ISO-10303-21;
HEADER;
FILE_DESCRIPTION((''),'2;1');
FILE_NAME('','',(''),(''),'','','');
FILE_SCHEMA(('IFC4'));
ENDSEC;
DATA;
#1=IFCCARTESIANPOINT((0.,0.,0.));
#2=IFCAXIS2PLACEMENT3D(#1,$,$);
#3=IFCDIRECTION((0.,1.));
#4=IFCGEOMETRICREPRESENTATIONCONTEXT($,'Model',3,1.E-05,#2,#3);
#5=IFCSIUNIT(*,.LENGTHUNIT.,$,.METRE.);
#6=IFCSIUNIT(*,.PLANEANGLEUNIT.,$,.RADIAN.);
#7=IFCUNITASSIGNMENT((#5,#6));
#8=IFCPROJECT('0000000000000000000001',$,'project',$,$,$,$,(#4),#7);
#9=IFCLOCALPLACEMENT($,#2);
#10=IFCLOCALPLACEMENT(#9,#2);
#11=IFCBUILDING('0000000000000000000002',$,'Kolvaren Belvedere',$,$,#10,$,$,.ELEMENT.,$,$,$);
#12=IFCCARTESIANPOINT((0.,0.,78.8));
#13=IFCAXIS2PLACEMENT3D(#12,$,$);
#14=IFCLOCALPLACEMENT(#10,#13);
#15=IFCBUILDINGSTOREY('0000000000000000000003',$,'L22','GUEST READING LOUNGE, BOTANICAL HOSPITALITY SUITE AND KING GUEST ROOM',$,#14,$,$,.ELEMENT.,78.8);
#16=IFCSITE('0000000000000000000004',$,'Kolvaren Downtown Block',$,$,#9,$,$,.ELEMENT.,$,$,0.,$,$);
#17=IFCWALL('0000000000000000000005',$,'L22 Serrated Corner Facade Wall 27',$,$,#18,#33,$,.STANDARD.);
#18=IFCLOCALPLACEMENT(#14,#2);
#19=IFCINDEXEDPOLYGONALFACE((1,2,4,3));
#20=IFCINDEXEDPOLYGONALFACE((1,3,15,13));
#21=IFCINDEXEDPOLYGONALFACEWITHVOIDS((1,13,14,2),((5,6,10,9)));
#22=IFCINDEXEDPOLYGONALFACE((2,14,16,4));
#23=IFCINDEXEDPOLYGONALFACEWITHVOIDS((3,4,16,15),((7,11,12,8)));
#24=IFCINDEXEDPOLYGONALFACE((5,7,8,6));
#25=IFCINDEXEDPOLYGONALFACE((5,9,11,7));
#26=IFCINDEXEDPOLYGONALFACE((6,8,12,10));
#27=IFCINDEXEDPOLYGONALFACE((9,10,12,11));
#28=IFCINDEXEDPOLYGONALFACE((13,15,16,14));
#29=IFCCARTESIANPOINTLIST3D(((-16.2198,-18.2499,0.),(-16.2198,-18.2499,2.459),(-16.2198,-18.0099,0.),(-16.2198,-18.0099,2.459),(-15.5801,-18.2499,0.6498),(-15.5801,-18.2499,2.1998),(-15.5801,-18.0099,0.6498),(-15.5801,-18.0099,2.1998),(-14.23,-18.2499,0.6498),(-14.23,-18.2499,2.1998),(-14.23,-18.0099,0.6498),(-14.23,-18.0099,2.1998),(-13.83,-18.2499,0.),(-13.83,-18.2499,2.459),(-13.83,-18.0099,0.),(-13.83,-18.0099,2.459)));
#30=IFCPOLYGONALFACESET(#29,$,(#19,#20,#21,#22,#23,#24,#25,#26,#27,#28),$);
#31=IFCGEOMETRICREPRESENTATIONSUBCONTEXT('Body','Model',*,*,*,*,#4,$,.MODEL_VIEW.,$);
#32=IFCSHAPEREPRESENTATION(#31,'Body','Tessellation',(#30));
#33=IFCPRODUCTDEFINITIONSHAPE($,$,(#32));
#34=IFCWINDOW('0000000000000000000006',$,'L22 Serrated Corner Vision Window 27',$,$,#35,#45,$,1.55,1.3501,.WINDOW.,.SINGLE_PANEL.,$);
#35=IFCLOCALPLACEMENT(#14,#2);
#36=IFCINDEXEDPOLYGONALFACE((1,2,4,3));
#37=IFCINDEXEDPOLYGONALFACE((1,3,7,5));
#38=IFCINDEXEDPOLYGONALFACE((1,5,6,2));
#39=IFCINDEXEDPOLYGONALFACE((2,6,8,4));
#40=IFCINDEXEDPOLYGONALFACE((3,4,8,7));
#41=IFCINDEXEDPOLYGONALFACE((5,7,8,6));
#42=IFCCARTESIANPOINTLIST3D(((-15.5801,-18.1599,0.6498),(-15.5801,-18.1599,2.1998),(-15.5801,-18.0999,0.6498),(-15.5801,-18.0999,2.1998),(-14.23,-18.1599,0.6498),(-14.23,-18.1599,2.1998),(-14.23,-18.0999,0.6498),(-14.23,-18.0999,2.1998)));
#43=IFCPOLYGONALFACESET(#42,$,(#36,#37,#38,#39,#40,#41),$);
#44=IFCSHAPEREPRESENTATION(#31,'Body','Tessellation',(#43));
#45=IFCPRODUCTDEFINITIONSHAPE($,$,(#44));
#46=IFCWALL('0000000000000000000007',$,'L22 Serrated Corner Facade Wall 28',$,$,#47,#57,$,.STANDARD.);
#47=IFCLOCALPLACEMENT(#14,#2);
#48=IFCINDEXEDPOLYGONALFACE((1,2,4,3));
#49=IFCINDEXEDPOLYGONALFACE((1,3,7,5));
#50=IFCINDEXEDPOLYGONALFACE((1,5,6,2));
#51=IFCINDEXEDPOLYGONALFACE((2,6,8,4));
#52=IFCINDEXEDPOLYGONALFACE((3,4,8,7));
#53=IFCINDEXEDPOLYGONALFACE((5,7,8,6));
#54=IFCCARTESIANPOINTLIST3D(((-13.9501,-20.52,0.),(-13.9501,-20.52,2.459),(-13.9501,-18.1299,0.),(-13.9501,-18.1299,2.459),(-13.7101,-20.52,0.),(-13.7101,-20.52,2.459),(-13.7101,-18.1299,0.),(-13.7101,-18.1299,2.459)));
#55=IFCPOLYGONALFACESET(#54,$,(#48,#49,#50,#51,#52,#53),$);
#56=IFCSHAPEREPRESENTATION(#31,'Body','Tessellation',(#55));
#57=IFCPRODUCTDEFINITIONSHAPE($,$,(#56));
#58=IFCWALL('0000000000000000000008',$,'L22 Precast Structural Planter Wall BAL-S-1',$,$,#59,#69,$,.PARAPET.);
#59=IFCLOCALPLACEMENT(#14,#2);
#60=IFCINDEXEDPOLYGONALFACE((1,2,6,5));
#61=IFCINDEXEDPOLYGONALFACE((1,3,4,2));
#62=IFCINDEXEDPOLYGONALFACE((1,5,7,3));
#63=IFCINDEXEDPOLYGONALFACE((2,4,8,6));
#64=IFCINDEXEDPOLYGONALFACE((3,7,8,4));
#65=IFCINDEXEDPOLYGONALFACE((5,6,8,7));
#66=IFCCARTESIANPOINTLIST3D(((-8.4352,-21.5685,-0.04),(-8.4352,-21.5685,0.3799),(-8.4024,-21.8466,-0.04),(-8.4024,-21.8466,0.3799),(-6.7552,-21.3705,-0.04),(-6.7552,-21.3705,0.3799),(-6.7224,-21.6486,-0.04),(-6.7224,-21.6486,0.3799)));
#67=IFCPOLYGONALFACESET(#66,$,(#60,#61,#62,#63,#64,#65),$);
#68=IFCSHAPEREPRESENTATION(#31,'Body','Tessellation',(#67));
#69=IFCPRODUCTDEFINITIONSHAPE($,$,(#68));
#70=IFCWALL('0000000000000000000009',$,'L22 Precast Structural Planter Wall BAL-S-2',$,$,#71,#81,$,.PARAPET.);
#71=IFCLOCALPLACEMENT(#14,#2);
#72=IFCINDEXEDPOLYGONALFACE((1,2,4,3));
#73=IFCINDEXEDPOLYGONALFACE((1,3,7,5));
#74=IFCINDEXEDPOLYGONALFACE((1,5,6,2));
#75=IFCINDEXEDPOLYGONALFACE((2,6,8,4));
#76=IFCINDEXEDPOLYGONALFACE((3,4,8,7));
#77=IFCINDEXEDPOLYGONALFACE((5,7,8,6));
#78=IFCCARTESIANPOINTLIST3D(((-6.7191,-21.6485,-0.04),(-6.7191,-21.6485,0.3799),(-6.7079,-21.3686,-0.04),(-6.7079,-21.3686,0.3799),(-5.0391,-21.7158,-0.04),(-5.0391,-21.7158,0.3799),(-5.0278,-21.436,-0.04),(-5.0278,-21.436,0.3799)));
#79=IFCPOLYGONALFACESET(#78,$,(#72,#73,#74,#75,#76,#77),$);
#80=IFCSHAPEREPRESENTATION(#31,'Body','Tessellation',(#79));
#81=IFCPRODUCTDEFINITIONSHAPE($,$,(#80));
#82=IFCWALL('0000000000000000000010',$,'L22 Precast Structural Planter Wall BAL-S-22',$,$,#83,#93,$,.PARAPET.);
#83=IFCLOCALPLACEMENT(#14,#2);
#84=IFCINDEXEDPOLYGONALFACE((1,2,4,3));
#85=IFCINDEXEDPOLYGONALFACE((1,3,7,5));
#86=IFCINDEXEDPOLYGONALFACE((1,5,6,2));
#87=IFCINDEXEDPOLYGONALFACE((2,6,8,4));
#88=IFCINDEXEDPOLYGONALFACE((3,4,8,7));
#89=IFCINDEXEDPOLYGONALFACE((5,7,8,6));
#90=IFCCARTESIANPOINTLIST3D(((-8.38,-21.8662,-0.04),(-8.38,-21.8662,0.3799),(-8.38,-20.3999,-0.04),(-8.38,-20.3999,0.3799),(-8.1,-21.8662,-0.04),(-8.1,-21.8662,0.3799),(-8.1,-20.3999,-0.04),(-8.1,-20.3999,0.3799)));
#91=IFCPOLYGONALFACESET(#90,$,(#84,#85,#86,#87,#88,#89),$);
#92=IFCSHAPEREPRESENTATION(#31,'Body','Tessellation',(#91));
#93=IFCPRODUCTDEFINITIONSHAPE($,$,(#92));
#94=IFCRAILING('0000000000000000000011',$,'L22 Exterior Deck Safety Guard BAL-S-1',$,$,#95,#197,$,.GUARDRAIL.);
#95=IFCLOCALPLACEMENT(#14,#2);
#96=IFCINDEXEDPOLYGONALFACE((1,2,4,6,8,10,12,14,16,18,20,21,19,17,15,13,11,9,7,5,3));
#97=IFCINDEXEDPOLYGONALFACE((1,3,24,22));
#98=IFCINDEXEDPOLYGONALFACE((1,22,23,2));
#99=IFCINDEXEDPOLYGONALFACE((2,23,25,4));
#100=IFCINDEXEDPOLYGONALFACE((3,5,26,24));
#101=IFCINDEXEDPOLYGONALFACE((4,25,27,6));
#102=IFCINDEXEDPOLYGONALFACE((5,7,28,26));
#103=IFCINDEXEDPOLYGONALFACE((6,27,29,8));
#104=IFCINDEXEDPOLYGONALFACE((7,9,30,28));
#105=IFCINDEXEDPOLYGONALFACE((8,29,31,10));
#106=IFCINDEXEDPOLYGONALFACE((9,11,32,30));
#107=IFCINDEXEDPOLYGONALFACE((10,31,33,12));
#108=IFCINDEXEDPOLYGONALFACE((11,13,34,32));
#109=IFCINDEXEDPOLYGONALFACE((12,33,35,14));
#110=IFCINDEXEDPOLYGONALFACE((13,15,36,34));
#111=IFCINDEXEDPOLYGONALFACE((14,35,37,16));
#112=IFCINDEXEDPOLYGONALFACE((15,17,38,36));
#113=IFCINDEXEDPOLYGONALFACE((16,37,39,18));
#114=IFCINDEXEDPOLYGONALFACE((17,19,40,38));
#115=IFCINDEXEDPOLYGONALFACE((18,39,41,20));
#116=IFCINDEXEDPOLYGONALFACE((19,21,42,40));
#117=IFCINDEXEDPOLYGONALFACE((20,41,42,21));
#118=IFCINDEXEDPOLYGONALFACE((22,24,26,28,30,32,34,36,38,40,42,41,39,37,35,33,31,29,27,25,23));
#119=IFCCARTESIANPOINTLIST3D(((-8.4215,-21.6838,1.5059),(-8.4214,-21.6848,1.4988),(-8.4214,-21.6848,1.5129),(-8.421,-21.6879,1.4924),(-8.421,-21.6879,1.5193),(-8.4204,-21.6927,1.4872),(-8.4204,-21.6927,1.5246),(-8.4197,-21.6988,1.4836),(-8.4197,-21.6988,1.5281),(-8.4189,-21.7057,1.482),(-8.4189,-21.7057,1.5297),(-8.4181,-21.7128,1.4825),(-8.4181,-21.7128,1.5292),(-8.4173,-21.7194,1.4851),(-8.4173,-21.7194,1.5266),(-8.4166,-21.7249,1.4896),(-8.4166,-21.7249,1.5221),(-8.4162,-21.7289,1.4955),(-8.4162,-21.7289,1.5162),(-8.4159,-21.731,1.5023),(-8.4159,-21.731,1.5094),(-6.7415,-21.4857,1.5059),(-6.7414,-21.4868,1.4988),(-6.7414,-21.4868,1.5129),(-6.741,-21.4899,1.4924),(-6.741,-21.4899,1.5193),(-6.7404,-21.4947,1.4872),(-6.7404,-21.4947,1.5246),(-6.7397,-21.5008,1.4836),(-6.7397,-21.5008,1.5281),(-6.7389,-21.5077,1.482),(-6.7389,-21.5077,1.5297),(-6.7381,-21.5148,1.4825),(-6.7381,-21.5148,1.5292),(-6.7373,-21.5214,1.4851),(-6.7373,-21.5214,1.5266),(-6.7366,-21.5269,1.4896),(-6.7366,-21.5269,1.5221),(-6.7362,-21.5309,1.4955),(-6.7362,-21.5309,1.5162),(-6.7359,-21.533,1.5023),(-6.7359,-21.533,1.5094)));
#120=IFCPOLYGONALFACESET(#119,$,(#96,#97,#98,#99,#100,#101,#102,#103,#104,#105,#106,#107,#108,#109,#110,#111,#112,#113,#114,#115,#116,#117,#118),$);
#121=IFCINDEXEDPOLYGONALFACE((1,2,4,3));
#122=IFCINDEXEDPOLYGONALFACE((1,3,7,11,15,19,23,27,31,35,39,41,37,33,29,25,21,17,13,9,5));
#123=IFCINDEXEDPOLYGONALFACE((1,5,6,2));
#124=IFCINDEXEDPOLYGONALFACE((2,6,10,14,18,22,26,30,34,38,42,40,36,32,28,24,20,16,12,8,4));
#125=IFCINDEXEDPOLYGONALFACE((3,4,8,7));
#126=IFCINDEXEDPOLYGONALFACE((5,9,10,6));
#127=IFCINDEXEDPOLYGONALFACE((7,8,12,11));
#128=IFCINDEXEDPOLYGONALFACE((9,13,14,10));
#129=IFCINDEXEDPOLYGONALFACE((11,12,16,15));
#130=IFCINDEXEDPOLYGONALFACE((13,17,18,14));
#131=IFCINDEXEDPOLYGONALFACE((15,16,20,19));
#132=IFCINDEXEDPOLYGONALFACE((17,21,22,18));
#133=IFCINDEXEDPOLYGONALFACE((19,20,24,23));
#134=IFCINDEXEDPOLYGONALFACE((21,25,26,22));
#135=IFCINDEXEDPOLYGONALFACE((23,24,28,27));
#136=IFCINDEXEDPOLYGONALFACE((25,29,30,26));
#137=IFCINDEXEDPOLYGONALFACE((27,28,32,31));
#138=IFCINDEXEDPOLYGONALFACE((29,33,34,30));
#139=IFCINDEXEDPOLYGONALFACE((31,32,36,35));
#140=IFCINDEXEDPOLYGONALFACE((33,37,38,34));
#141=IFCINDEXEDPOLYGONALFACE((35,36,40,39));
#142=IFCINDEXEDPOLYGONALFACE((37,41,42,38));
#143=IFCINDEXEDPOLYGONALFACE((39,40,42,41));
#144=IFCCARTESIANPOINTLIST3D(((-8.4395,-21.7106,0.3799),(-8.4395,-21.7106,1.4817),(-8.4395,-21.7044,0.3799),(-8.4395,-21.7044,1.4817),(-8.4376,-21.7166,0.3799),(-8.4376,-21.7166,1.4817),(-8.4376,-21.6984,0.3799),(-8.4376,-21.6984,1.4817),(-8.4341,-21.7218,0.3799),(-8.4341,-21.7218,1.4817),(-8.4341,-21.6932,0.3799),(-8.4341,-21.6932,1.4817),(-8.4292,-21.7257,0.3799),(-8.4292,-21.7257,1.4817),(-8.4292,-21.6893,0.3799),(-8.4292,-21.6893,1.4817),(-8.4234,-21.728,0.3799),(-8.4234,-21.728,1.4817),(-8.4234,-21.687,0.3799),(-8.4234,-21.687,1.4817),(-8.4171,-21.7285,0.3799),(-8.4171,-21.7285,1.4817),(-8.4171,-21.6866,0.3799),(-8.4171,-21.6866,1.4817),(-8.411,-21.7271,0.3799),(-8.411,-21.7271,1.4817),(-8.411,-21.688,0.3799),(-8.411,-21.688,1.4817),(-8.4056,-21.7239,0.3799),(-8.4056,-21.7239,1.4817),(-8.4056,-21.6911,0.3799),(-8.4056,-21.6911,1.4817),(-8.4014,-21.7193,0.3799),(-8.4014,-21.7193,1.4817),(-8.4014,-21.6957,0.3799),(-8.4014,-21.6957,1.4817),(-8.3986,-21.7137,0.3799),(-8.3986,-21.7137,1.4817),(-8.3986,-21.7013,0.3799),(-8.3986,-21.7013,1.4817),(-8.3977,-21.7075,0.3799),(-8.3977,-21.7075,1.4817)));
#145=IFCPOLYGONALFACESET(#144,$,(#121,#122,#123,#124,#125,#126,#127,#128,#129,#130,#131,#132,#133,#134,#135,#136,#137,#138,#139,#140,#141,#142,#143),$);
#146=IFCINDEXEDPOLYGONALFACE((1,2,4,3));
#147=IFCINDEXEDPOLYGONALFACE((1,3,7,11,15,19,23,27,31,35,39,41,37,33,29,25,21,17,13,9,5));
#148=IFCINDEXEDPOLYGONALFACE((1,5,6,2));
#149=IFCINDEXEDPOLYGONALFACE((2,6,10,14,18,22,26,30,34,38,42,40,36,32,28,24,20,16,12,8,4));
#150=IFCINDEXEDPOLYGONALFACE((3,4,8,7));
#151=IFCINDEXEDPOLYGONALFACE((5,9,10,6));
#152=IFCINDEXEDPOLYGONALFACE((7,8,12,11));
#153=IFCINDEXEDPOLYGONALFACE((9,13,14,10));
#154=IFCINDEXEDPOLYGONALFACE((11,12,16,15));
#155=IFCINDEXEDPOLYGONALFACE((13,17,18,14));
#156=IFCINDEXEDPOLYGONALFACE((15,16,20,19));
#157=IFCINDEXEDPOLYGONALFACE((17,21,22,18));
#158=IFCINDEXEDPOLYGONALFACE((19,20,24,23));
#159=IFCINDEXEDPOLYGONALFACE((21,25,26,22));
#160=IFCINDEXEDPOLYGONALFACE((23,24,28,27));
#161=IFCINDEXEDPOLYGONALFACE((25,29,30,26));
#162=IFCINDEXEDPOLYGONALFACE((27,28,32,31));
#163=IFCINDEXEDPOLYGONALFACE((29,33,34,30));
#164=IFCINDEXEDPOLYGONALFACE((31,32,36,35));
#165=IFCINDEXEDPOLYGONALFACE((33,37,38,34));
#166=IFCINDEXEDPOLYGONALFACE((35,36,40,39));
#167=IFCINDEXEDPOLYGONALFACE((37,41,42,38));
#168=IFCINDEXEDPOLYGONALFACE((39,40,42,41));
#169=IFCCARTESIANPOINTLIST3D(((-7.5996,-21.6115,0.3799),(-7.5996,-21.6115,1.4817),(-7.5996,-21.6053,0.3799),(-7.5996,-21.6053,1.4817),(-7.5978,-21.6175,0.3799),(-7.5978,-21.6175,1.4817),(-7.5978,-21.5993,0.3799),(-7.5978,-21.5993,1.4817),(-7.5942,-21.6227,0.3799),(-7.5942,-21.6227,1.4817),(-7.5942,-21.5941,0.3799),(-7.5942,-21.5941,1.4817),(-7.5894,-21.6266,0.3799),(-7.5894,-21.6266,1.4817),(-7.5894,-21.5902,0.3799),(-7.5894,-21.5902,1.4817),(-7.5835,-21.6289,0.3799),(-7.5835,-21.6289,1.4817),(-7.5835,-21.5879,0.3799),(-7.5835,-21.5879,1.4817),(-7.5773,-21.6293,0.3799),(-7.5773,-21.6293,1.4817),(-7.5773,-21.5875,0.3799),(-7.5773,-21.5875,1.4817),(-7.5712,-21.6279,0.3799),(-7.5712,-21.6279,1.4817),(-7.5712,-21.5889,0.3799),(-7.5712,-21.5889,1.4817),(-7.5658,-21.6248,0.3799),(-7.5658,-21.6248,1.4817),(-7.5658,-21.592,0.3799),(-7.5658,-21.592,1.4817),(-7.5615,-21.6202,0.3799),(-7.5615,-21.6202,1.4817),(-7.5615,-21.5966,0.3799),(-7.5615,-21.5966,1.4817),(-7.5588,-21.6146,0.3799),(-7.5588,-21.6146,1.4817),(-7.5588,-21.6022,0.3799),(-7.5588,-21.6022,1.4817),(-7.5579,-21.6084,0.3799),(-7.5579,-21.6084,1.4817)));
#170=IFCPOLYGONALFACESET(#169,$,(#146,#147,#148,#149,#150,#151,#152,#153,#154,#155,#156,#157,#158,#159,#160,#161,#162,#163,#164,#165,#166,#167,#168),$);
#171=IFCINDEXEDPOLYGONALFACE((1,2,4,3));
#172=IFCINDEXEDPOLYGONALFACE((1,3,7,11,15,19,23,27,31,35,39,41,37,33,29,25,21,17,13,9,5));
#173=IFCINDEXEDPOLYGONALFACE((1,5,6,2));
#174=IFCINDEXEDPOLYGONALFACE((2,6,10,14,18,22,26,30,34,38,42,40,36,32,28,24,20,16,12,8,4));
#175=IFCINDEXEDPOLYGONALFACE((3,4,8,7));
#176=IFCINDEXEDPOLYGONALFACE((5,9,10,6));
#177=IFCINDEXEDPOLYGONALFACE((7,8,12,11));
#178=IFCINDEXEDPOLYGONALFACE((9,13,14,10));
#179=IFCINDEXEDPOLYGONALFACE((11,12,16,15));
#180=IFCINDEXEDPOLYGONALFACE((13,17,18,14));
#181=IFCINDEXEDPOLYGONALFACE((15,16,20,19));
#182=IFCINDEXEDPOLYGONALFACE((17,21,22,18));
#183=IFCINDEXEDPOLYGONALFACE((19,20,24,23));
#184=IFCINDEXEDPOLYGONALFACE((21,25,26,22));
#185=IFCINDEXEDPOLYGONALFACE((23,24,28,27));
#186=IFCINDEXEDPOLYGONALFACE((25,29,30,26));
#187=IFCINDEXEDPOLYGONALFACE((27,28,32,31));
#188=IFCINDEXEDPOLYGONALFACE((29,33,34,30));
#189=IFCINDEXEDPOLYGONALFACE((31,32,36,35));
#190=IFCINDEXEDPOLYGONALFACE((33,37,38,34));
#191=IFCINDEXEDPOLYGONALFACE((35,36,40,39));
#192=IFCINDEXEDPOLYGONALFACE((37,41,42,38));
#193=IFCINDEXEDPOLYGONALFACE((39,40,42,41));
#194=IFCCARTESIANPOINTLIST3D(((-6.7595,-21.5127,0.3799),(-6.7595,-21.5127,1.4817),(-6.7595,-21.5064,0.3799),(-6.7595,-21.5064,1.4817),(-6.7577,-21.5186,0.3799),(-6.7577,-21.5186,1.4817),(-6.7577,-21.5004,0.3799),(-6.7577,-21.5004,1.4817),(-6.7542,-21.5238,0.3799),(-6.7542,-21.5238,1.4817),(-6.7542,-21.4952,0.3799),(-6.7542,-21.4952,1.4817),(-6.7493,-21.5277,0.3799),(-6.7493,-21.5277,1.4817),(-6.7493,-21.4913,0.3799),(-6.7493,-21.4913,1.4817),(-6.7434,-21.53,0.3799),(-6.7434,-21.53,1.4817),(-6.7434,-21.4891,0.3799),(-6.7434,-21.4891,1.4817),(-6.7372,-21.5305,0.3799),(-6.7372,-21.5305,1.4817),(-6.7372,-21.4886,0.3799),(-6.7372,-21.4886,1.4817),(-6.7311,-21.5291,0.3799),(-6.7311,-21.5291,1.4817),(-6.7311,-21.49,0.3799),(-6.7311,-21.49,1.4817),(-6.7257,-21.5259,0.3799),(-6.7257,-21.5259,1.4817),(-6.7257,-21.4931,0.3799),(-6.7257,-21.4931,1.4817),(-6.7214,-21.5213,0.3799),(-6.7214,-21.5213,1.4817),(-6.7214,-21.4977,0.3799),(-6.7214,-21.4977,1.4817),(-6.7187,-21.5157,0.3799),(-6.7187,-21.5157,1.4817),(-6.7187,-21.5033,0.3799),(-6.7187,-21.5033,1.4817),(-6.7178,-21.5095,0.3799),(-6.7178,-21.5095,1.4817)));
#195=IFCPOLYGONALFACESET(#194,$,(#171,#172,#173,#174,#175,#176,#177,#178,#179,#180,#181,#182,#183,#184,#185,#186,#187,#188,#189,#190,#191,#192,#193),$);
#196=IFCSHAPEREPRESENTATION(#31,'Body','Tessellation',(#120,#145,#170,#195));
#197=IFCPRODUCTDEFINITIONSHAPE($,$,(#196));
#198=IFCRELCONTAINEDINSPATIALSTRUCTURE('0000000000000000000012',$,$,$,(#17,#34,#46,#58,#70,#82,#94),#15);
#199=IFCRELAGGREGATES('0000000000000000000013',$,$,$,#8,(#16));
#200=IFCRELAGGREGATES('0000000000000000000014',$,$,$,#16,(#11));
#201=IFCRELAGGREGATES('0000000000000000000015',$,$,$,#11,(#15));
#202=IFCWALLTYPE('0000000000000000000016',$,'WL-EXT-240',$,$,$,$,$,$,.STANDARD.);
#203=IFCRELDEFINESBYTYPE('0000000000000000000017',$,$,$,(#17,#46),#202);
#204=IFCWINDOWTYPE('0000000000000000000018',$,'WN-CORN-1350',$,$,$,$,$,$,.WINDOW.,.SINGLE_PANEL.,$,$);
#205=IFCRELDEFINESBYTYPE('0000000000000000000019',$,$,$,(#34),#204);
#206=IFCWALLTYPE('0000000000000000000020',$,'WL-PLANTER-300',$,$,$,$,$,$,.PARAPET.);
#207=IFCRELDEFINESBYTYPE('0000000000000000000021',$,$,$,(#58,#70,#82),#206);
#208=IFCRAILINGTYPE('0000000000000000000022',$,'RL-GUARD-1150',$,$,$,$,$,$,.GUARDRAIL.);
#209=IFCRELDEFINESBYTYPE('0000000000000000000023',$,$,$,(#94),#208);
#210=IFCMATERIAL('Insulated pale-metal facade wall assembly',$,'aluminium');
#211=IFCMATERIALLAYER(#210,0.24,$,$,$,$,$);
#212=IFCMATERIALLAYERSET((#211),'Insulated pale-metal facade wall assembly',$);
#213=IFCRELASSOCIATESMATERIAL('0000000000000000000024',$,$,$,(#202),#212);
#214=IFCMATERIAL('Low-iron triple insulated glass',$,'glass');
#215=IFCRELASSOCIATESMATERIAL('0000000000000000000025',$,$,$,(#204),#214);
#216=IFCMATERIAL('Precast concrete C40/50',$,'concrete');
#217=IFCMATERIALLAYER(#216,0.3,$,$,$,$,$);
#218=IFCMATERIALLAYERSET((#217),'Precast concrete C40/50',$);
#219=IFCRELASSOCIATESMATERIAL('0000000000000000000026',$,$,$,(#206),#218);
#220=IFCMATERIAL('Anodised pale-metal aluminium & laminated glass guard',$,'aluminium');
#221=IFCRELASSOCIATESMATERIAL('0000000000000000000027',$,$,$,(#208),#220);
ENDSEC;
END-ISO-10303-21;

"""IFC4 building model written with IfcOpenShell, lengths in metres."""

from ifc_helpers import new_model, si_unit, direction, frame, frame_2d, origin, origin_2d, place, context, subcontext, project, spatial, rectangle, circle, extrude, material, layer, layer_set, type_object, element, fill, save


model = new_model("IFC4")

# Units and contexts
model_context = context("Model", 3, precision=1e-05, world=origin(), true_north=direction((0.0, 1.0)))
body_context = subcontext(model_context, "Body", "Model", "MODEL_VIEW")
ifc_project = project(units=[si_unit("LENGTHUNIT", "METRE"), si_unit("PLANEANGLEUNIT", "RADIAN")], contexts=[model_context])

# Site, building, storey
site_placement = place(None, origin())
site = spatial("IfcSite", under=ifc_project, at=site_placement, Name="Kolvaren Downtown Block", CompositionType="ELEMENT", RefElevation=0.0)
building_placement = place(site_placement, origin())
building = spatial("IfcBuilding", under=site, at=building_placement, Name="Kolvaren Belvedere", CompositionType="ELEMENT")
storey_placement = place(building_placement, frame((0.0, 0.0, 78.8)))
storey = spatial("IfcBuildingStorey", under=building, at=storey_placement, Name="L22", Description="GUEST READING LOUNGE, BOTANICAL HOSPITALITY SUITE AND KING GUEST ROOM", CompositionType="ELEMENT", Elevation=78.8)

# Shared definitions
ifc_material_1 = material(Name="Insulated pale-metal facade wall assembly", Category="aluminium")
ifc_layer_1 = layer(ifc_material_1, 0.24)
ifc_layer_set_1 = layer_set([ifc_layer_1], Name="Insulated pale-metal facade wall assembly")
wall_type_1 = type_object("IfcWallType", Name="WL-EXT-240", PredefinedType="STANDARD", material=ifc_layer_set_1)

# Wall, opening, window
ifc_material_2 = material(Name="Low-iron triple insulated glass", Category="glass")
window_type_1 = type_object("IfcWindowType", Name="WN-CORN-1350", PartitioningType="SINGLE_PANEL", PredefinedType="WINDOW", material=ifc_material_2)
wall_1_placement = place(storey_placement, frame((-13.8301, -18.1299, 0.0), z_axis=(0.0, 0.0, 1.0), x_axis=(-1.0, 0.0, 0.0)))
wall_1 = element("IfcWall", 1, at=wall_1_placement, inside=storey, type_object=wall_type_1, Name="L22 Serrated Corner Facade Wall 27", PredefinedType="STANDARD", context=body_context, shape_type="SweptSolid", body=[
    extrude(rectangle(XDim=2.3899, YDim=0.24, at=frame_2d((1.1948, 0.0))), origin(), (0.0, 0.0, 1.0), 2.459),
])
opening_1_placement = place(wall_1_placement, frame((0.3999, 0.0, 0.6499)))
opening_1 = element("IfcOpeningElement", 2, at=opening_1_placement, cuts=wall_1, PredefinedType="OPENING", context=body_context, shape_type="SweptSolid", body=[
    extrude(rectangle(XDim=1.3501, YDim=1.55, at=frame_2d((0.675, 0.7749))), frame((0.0, 0.1299, 0.0), z_axis=(0.0, -1.0, 0.0), x_axis=(1.0, 0.0, 0.0)), (0.0, 0.0, 1.0), 0.26),
])
window_1_placement = place(opening_1_placement, origin())
window_1 = element("IfcWindow", 3, at=window_1_placement, inside=storey, type_object=window_type_1, Name="L22 Serrated Corner Vision Window 27", OverallHeight=1.55, OverallWidth=1.3501, PartitioningType="SINGLE_PANEL", PredefinedType="WINDOW", context=body_context, shape_type="SweptSolid", body=[
    extrude(rectangle(XDim=1.3501, YDim=1.55, at=frame_2d((0.675, 0.7749))), frame((0.0, 0.03, 0.0), z_axis=(0.0, -1.0, 0.0), x_axis=(1.0, 0.0, 0.0)), (0.0, 0.0, 1.0), 0.0601),
])
fill(opening_1, window_1)

# Walls
wall_2_placement = place(storey_placement, frame((-13.8301, -20.52, 0.0), z_axis=(0.0, 0.0, 1.0), x_axis=(0.0, 1.0, 0.0)))
element("IfcWall", 4, at=wall_2_placement, inside=storey, type_object=wall_type_1, Name="L22 Serrated Corner Facade Wall 28", PredefinedType="STANDARD", context=body_context, shape_type="SweptSolid", body=[
    extrude(rectangle(XDim=2.3901, YDim=0.24, at=frame_2d((1.1951, 0.0))), origin(), (0.0, 0.0, 1.0), 2.459),
])
ifc_material_3 = material(Name="Precast concrete C40/50", Category="concrete")
ifc_layer_2 = layer(ifc_material_3, 0.3)
ifc_layer_set_2 = layer_set([ifc_layer_2], Name="Precast concrete C40/50")
wall_type_2 = type_object("IfcWallType", Name="WL-PLANTER-300", PredefinedType="PARAPET", material=ifc_layer_set_2)
wall_3_placement = place(storey_placement, frame((-8.4187, -21.7075, -0.04), z_axis=(0.0, 0.0, 1.0), x_axis=(0.993126, 0.117051, 0.0)))
element("IfcWall", 5, at=wall_3_placement, inside=storey, type_object=wall_type_2, Name="L22 Precast Structural Planter Wall BAL-S-1", PredefinedType="PARAPET", context=body_context, shape_type="SweptSolid", body=[
    extrude(rectangle(XDim=1.6917, YDim=0.28, at=frame_2d((0.8457, 0.0))), origin(), (0.0, 0.0, 1.0), 0.4199),
])
wall_4_placement = place(storey_placement, frame((-6.7136, -21.5085, -0.04), z_axis=(0.0, 0.0, 1.0), x_axis=(0.999197, -0.040078, 0.0)))
element("IfcWall", 6, at=wall_4_placement, inside=storey, type_object=wall_type_2, Name="L22 Precast Structural Planter Wall BAL-S-2", PredefinedType="PARAPET", context=body_context, shape_type="SweptSolid", body=[
    extrude(rectangle(XDim=1.6814, YDim=0.28, at=frame_2d((0.8408, 0.0))), origin(), (0.0, 0.0, 1.0), 0.4199),
])
wall_5_placement = place(storey_placement, frame((-8.24, -20.3999, -0.04), z_axis=(0.0, 0.0, 1.0), x_axis=(0.0, -1.0, 0.0)))
element("IfcWall", 7, at=wall_5_placement, inside=storey, type_object=wall_type_2, Name="L22 Precast Structural Planter Wall BAL-S-22", PredefinedType="PARAPET", context=body_context, shape_type="SweptSolid", body=[
    extrude(rectangle(XDim=1.4663, YDim=0.28, at=frame_2d((0.7332, 0.0))), origin(), (0.0, 0.0, 1.0), 0.4199),
])

# Railing
ifc_material_4 = material(Name="Anodised pale-metal aluminium & laminated glass guard", Category="aluminium")
railing_type = type_object("IfcRailingType", Name="RL-GUARD-1150", PredefinedType="GUARDRAIL", material=ifc_material_4)
railing_1_placement = place(storey_placement, frame((-8.4187, -21.7075, 0.3799)))
element("IfcRailing", 8, at=railing_1_placement, inside=storey, type_object=railing_type, Name="L22 Exterior Deck Safety Guard BAL-S-1", PredefinedType="GUARDRAIL", context=body_context, shape_type="SweptSolid", body=[
    extrude(circle(Radius=0.0239, at=origin_2d()), frame((0.0, 0.0, 1.126), z_axis=(0.993126, 0.117051, 0.0), x_axis=(-0.117051, 0.993126, 0.0)), (0.0, 0.0, 1.0), 1.6917),
    extrude(circle(Radius=0.021, at=origin_2d()), origin(), (0.0, 0.0, 1.0), 1.1018),
    extrude(circle(Radius=0.021, at=origin_2d()), frame((0.8398, 0.0991, 0.0)), (0.0, 0.0, 1.0), 1.1018),
    extrude(circle(Radius=0.021, at=origin_2d()), frame((1.6799, 0.198, 0.0)), (0.0, 0.0, 1.0), 1.1018),
])

save(model, "model.ifc")
